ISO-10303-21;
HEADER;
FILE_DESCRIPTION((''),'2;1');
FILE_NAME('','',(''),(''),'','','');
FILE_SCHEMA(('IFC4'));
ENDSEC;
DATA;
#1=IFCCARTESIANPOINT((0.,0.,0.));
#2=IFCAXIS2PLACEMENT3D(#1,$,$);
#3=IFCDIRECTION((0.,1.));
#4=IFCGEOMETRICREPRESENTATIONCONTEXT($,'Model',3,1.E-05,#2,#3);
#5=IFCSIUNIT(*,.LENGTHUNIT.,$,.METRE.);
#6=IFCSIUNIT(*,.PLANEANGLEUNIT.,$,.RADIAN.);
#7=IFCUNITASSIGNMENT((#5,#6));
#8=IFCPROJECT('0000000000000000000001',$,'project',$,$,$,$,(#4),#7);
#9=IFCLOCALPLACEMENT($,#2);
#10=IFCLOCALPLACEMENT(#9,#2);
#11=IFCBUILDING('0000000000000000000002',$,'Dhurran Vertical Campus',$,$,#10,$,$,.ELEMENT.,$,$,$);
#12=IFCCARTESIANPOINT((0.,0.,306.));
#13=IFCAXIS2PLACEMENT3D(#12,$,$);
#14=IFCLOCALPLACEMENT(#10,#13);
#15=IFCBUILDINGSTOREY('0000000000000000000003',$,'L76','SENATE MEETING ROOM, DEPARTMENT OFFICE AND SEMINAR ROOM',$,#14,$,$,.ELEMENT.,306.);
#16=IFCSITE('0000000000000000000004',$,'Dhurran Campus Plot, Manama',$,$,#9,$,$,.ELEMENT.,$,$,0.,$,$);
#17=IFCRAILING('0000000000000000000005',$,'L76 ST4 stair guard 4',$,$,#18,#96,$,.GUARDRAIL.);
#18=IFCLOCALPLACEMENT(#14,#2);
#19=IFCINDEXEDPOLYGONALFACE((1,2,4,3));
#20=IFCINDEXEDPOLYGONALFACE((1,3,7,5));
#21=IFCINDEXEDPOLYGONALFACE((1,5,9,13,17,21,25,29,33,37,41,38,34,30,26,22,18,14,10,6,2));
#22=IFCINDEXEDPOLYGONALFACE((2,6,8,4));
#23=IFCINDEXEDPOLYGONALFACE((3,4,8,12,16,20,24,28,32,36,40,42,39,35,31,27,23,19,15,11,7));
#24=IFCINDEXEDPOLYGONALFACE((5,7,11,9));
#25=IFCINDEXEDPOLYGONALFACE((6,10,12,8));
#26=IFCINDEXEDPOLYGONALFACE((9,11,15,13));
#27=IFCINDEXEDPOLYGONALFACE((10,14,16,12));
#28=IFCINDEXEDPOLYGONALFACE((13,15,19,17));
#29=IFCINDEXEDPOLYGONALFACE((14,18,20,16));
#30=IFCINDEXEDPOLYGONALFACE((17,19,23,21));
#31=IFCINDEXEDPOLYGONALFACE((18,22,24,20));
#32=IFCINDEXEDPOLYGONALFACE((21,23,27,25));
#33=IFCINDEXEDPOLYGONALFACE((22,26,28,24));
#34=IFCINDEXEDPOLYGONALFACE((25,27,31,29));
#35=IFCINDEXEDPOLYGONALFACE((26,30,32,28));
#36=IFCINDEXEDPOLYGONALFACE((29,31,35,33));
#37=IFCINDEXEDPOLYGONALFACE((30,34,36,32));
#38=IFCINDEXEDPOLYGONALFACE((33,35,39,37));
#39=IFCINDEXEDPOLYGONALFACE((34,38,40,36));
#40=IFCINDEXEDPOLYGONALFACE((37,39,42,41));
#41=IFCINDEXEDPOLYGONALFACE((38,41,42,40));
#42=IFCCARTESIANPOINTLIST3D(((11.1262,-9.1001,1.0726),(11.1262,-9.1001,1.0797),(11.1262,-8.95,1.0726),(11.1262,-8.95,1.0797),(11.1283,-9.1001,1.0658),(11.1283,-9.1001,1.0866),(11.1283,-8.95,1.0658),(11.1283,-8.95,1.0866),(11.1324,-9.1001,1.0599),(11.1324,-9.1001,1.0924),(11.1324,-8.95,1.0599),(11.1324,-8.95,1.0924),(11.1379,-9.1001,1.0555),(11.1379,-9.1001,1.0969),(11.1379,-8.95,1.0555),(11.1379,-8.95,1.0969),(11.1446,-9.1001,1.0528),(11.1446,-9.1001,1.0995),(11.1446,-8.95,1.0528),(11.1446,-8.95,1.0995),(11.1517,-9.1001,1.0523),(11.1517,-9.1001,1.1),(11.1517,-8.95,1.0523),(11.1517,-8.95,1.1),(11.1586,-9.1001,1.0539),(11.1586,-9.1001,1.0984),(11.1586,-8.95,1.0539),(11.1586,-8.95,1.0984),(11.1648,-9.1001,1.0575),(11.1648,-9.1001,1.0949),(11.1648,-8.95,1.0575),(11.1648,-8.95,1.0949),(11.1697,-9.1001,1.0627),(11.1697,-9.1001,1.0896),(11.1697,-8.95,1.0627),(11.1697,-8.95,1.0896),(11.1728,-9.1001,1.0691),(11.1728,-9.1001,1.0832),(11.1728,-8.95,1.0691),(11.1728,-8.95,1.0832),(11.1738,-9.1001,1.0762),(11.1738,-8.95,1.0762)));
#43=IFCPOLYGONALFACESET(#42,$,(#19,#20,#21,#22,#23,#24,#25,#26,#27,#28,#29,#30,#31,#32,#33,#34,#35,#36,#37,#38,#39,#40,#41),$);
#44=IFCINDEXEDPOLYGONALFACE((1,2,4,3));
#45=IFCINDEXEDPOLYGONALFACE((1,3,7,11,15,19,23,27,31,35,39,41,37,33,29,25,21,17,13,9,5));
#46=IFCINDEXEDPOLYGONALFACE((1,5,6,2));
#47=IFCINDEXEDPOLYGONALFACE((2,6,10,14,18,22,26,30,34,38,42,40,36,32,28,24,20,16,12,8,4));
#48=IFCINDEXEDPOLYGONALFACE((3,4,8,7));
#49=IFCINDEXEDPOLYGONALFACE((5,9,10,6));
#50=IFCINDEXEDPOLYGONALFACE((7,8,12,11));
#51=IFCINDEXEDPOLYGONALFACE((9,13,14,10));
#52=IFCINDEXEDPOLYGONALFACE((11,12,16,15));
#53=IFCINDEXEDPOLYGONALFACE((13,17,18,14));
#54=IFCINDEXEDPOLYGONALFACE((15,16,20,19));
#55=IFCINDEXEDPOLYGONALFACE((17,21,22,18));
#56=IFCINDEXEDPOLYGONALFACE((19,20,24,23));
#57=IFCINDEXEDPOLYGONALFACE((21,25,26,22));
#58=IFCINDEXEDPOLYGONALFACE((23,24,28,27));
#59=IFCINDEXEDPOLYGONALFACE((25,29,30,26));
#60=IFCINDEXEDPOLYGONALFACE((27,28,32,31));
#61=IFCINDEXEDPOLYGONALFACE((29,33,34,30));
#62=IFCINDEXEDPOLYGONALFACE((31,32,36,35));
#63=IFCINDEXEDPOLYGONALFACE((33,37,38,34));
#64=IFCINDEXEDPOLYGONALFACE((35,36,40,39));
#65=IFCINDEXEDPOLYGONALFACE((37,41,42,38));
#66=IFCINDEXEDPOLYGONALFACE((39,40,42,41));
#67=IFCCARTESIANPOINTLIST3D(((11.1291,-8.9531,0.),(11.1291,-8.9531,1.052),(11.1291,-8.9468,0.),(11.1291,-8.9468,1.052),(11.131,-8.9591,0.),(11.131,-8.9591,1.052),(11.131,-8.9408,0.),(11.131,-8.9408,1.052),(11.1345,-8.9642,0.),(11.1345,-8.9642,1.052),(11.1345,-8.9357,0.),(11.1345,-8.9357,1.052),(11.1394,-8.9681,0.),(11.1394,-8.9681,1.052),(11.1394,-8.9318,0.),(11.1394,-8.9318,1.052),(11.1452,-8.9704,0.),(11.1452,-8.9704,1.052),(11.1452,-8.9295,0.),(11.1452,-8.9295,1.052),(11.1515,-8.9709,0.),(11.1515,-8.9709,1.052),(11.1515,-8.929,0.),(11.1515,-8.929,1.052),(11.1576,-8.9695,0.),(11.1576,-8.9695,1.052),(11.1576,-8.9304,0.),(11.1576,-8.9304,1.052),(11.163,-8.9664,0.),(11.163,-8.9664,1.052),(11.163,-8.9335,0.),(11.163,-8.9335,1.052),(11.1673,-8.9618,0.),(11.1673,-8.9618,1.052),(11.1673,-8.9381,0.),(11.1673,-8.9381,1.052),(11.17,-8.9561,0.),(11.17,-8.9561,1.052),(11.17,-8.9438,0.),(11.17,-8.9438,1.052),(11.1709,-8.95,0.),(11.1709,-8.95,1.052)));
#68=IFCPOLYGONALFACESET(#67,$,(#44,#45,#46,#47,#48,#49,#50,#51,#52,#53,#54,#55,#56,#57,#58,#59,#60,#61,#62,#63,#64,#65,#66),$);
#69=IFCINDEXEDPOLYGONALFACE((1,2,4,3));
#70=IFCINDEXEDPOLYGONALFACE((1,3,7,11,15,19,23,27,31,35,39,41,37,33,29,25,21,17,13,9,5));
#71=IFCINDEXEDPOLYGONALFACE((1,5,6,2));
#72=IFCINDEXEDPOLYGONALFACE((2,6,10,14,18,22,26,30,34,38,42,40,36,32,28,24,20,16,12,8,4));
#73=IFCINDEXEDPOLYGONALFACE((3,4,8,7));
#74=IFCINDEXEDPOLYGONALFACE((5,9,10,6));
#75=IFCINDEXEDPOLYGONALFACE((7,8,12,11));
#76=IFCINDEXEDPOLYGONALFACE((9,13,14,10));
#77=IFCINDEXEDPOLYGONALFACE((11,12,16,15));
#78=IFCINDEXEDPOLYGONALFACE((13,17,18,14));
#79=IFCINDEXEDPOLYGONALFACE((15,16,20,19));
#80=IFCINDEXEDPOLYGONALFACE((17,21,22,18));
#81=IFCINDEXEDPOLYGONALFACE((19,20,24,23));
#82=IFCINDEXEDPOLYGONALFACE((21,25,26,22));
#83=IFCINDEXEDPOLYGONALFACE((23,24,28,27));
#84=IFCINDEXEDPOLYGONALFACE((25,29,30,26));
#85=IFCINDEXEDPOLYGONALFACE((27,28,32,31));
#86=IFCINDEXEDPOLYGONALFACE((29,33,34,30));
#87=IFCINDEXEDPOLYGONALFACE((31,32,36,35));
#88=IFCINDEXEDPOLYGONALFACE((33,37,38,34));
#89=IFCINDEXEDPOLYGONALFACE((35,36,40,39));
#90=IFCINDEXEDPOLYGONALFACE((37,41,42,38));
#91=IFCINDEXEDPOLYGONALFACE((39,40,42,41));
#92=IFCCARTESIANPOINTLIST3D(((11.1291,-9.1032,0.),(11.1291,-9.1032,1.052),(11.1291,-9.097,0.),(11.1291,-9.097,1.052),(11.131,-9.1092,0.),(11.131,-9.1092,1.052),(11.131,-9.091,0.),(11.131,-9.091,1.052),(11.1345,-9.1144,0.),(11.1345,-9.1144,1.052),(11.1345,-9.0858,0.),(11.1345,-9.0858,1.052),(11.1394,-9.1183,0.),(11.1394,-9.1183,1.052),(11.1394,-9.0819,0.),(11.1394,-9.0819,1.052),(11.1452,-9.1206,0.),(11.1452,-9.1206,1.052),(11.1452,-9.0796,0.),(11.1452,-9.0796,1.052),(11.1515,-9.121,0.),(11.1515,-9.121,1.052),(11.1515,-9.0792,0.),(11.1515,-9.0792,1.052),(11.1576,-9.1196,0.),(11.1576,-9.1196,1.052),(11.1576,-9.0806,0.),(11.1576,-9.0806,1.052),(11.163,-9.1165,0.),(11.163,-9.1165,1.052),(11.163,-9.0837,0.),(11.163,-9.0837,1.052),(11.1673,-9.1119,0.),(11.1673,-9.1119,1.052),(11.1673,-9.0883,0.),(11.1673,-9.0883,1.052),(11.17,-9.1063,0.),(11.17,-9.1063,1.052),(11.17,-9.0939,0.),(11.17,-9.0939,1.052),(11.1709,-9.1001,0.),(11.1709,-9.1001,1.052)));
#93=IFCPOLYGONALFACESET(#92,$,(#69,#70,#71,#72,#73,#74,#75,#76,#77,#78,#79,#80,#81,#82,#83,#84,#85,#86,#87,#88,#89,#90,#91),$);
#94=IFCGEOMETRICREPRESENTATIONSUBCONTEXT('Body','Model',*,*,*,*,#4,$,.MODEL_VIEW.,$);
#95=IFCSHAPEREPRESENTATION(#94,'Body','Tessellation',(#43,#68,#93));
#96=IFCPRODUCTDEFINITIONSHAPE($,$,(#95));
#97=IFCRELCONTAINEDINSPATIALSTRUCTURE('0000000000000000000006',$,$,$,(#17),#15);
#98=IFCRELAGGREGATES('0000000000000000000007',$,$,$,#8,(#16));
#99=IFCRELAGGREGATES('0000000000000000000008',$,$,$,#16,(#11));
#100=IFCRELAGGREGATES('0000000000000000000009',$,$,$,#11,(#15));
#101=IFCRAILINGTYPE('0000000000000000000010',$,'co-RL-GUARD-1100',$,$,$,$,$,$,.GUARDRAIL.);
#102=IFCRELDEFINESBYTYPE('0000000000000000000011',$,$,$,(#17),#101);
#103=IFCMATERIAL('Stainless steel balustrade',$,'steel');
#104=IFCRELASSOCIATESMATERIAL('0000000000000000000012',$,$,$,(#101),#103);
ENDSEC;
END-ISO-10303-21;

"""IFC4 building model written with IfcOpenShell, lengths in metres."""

from ifc_helpers import new_model, si_unit, direction, frame, origin, origin_2d, place, context, subcontext, project, spatial, circle, extrude, material, type_object, element, save


model = new_model("IFC4")

# Units and contexts
model_context = context("Model", 3, precision=1e-05, world=origin(), true_north=direction((0.0, 1.0)))
body_context = subcontext(model_context, "Body", "Model", "MODEL_VIEW")
ifc_project = project(units=[si_unit("LENGTHUNIT", "METRE"), si_unit("PLANEANGLEUNIT", "RADIAN")], contexts=[model_context])

# Site, building, storey
site_placement = place(None, origin())
site = spatial("IfcSite", under=ifc_project, at=site_placement, Name="Dhurran Campus Plot, Manama", CompositionType="ELEMENT", RefElevation=0.0)
building_placement = place(site_placement, origin())
building = spatial("IfcBuilding", under=site, at=building_placement, Name="Dhurran Vertical Campus", CompositionType="ELEMENT")
storey_placement = place(building_placement, frame((0.0, 0.0, 306.0)))
storey = spatial("IfcBuildingStorey", under=building, at=storey_placement, Name="L76", Description="SENATE MEETING ROOM, DEPARTMENT OFFICE AND SEMINAR ROOM", CompositionType="ELEMENT", Elevation=306.0)

# Railing
ifc_material_1 = material(Name="Stainless steel balustrade", Category="steel")
railing_type_1 = type_object("IfcRailingType", Name="co-RL-GUARD-1100", PredefinedType="GUARDRAIL", material=ifc_material_1)
railing_1_placement = place(storey_placement, frame((11.1499, -8.95, 0.0)))
element("IfcRailing", 1, at=railing_1_placement, inside=storey, type_object=railing_type_1, Name="L76 ST4 stair guard 4", PredefinedType="GUARDRAIL", context=body_context, shape_type="SweptSolid", body=[
    extrude(circle(Radius=0.0239, at=origin_2d()), frame((0.0, 0.0, 1.0762), z_axis=(0.0, -1.0, 0.0), x_axis=(1.0, 0.0, 0.0)), (0.0, 0.0, 1.0), 0.1501),
    extrude(circle(Radius=0.021, at=origin_2d()), origin(), (0.0, 0.0, 1.0), 1.052),
    extrude(circle(Radius=0.021, at=origin_2d()), frame((0.0, -0.1501, 0.0)), (0.0, 0.0, 1.0), 1.052),
])

save(model, "model.ifc")
